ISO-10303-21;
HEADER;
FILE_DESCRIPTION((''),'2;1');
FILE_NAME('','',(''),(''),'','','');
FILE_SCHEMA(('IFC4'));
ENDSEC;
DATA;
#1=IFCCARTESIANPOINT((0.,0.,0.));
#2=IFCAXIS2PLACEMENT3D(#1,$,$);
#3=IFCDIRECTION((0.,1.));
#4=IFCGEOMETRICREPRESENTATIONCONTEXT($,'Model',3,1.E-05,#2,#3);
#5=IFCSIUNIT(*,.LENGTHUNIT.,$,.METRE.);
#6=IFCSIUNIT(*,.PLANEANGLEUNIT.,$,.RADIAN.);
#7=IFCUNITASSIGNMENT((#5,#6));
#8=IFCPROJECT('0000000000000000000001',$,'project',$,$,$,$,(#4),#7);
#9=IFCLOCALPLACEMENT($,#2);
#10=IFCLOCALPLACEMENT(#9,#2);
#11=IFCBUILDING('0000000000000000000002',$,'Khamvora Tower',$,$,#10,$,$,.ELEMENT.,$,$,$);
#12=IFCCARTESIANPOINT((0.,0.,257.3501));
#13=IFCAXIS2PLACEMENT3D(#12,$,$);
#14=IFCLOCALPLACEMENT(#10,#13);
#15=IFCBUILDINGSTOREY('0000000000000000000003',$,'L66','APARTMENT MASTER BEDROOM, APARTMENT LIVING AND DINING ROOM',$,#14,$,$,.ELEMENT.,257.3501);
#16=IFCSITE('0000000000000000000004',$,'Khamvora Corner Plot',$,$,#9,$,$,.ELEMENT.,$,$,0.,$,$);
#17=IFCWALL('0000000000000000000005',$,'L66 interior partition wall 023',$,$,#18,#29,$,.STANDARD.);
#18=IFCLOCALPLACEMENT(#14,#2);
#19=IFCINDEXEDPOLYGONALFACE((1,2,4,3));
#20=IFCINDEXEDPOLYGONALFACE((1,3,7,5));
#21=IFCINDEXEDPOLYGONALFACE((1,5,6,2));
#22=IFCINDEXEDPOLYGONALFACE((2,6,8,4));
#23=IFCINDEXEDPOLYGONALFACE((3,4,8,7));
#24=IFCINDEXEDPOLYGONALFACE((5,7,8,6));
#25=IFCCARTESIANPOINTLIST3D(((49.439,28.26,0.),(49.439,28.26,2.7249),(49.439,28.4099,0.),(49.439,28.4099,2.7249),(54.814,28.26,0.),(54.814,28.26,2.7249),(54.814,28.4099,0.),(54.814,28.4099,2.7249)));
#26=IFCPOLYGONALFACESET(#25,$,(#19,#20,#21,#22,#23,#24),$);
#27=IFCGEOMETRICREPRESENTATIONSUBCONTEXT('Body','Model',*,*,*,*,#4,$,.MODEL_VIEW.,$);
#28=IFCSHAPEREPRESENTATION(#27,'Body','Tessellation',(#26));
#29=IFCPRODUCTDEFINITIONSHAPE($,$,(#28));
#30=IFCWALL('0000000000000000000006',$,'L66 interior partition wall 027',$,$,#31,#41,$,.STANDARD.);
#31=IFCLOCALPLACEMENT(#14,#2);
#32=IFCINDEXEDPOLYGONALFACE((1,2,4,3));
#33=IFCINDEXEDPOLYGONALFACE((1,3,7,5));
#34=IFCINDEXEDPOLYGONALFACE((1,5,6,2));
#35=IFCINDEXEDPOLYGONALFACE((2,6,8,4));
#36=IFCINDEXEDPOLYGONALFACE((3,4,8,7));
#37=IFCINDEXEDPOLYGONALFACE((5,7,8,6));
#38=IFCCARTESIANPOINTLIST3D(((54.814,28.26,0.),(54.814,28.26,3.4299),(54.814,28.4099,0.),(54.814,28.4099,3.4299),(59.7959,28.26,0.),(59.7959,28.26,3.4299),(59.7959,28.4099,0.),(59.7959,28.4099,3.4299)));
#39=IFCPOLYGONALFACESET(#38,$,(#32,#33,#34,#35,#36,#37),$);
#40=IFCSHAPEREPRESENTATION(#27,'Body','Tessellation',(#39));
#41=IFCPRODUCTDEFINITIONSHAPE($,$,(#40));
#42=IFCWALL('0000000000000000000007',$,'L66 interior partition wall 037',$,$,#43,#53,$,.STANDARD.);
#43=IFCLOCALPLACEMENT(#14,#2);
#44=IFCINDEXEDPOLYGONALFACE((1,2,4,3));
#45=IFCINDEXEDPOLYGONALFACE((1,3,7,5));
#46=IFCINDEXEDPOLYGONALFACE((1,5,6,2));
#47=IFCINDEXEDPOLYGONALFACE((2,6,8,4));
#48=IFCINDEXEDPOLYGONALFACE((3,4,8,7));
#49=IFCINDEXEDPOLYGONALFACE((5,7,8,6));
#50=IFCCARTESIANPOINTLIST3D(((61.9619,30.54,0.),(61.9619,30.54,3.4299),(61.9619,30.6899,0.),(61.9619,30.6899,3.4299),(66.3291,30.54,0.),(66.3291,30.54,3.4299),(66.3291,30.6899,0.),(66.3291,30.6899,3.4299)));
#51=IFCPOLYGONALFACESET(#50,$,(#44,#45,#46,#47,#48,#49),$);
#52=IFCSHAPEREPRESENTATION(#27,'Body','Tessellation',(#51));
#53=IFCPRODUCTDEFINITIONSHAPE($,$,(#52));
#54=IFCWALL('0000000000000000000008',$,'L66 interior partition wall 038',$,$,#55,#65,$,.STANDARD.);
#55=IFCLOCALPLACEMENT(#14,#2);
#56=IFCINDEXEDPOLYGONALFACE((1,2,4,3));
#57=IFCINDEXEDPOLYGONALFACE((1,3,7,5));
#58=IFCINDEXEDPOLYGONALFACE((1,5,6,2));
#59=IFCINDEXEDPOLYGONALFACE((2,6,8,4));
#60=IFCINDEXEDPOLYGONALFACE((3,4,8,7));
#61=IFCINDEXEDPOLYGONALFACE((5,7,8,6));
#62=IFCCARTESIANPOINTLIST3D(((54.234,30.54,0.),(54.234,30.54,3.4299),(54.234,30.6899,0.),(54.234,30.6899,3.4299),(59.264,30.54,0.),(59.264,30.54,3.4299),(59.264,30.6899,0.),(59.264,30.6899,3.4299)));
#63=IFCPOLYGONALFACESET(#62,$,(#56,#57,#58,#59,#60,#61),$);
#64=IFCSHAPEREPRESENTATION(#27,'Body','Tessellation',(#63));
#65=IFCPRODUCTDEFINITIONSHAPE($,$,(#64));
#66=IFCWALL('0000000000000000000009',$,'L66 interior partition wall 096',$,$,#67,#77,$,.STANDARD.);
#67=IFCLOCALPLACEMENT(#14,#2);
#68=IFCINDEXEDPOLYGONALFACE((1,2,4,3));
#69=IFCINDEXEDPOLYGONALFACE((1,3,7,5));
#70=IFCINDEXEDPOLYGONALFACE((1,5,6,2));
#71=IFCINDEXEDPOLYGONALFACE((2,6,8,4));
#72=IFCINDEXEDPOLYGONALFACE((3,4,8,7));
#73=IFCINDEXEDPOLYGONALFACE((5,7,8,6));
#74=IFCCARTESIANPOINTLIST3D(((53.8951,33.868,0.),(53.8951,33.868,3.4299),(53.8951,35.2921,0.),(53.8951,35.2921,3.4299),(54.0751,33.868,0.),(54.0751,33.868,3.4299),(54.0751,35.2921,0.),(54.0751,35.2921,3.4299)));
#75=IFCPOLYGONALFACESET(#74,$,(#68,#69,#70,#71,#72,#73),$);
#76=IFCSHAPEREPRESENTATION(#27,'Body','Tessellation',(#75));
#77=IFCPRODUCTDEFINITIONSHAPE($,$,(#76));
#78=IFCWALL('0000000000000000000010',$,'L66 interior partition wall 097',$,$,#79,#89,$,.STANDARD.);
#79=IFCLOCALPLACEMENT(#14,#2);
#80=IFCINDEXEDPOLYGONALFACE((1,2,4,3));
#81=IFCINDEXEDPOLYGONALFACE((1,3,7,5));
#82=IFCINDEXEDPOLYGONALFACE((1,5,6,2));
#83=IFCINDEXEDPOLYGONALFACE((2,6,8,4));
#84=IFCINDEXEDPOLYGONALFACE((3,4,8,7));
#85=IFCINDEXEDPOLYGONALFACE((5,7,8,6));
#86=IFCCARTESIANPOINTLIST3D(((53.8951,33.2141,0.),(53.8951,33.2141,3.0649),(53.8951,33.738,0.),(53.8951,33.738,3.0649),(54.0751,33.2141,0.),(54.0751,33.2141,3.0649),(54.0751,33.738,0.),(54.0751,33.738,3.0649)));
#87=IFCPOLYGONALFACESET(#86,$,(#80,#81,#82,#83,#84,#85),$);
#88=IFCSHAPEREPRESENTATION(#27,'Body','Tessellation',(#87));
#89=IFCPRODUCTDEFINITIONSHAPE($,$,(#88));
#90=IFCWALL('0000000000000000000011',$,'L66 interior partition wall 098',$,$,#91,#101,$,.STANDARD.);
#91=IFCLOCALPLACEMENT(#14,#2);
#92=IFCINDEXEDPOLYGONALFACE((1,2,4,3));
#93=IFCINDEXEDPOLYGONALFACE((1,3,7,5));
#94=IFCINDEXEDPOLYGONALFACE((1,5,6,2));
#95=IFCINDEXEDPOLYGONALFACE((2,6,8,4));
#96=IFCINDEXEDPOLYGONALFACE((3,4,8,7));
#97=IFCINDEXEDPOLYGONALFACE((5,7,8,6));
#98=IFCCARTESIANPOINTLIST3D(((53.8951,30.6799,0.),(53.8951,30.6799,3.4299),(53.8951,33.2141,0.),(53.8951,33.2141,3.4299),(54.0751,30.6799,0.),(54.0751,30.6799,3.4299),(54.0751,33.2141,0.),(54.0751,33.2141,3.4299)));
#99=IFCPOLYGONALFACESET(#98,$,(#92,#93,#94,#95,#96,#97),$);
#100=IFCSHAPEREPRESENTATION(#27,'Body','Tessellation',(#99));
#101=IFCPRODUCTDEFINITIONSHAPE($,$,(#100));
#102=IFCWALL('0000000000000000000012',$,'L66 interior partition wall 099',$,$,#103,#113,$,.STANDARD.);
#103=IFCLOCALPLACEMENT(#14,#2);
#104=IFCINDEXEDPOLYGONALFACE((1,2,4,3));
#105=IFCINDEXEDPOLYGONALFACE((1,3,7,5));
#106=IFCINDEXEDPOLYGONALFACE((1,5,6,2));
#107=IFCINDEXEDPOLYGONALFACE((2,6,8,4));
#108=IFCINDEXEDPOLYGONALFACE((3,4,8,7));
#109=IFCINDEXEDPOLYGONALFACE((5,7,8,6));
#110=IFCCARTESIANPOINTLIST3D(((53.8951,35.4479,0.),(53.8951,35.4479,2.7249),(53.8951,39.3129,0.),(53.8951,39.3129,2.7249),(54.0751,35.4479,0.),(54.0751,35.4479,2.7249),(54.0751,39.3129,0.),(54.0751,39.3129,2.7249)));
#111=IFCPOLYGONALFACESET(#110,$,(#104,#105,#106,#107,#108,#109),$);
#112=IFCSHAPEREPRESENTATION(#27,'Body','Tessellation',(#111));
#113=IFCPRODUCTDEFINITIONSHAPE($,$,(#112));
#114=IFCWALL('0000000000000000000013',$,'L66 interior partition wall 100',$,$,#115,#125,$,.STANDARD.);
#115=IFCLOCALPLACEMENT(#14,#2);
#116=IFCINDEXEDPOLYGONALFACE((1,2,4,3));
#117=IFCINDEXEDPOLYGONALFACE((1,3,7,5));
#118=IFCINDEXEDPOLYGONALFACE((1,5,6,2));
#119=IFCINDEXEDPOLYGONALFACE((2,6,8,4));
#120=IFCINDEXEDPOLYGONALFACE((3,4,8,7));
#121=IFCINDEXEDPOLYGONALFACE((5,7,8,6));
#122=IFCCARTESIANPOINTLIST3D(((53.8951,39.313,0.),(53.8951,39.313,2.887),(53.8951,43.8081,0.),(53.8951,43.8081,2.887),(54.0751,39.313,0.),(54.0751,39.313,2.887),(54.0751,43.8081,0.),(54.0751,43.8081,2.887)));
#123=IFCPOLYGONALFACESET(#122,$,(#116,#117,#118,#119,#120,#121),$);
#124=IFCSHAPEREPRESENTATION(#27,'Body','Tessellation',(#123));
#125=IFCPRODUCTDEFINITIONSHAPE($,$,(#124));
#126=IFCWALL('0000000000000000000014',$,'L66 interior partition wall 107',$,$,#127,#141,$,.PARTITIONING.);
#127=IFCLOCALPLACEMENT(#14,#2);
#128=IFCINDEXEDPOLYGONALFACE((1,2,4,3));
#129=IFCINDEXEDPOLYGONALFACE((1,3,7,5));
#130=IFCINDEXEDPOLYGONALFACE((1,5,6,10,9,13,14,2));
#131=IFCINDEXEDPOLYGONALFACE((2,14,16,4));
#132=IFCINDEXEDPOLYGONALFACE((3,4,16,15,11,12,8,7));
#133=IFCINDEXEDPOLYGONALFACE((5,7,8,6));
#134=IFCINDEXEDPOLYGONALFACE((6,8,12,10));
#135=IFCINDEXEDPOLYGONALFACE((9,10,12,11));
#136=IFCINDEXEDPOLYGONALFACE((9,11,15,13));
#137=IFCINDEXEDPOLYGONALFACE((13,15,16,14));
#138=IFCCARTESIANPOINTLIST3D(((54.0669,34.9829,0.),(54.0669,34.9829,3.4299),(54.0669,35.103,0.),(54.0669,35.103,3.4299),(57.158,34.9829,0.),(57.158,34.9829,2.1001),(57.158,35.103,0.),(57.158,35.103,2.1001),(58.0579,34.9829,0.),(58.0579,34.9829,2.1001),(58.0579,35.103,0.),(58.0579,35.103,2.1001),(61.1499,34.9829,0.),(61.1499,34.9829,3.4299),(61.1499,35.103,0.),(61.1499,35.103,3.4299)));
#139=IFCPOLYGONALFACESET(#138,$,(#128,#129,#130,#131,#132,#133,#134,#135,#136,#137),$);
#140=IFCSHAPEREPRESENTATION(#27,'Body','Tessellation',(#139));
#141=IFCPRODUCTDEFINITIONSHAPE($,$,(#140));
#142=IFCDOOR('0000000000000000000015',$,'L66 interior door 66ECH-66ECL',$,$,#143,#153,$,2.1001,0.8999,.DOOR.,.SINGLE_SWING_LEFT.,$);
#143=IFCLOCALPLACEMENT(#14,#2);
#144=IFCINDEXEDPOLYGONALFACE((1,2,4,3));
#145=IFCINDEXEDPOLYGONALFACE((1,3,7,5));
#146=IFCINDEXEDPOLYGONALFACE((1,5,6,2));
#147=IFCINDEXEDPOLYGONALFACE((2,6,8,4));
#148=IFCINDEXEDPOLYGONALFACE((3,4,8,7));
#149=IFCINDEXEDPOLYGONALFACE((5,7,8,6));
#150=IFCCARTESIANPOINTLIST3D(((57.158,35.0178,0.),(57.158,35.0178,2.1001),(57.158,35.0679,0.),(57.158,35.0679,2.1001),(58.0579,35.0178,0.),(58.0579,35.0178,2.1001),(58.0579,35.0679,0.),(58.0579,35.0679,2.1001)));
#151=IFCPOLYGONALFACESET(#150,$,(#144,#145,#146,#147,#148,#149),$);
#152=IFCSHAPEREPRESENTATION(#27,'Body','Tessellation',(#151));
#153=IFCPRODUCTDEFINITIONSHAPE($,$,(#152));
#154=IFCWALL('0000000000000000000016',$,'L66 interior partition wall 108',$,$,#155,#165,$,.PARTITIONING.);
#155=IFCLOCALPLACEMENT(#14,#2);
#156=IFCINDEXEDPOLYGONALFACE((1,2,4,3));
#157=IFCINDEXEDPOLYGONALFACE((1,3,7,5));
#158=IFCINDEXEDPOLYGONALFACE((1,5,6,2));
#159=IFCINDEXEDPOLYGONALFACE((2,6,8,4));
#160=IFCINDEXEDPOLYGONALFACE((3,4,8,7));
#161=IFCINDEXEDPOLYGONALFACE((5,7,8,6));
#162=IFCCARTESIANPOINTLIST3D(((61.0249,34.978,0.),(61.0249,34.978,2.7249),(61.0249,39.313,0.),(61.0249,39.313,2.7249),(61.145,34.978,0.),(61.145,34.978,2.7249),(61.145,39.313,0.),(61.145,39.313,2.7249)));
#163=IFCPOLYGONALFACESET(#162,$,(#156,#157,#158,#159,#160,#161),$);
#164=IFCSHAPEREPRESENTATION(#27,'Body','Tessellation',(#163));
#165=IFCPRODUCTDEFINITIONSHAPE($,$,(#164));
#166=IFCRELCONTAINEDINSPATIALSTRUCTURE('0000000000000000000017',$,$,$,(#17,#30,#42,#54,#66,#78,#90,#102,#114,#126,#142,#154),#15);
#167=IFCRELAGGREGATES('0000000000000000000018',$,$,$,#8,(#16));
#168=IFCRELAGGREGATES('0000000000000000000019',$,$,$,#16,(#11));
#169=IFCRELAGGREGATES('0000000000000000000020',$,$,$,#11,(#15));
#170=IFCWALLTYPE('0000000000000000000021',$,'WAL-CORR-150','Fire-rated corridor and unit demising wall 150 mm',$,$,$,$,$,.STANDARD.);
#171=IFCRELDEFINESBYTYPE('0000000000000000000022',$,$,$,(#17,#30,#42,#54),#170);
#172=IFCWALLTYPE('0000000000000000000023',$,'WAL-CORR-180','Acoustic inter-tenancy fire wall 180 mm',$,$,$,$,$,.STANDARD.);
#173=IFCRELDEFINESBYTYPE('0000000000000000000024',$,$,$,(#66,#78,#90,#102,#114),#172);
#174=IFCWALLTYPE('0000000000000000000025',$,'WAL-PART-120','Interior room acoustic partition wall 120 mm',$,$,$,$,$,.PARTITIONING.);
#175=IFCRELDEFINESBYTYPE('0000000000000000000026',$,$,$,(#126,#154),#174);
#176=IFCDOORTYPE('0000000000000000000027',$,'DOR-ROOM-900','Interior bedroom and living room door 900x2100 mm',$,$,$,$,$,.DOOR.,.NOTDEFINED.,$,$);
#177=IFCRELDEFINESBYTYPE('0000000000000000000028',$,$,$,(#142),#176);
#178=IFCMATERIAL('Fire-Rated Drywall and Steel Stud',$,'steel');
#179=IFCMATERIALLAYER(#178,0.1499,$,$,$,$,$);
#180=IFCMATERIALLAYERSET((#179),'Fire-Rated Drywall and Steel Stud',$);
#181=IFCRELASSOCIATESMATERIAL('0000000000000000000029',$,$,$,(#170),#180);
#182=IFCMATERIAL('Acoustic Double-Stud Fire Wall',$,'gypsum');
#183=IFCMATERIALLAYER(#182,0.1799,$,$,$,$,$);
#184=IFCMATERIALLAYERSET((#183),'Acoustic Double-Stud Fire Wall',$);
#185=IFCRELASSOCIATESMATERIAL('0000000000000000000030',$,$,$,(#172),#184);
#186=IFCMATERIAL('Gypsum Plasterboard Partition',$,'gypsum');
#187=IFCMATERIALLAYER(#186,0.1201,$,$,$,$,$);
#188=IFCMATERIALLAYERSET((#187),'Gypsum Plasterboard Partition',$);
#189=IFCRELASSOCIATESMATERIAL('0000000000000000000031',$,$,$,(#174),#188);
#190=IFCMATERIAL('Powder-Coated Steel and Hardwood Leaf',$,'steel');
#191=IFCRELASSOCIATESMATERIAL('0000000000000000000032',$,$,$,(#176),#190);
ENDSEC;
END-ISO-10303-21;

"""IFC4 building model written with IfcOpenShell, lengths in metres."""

from ifc_helpers import new_model, si_unit, direction, frame, frame_2d, origin, place, context, subcontext, project, spatial, rectangle, extrude, material, layer, layer_set, type_object, element, fill, save


model = new_model("IFC4")

# Units and contexts
model_context = context("Model", 3, precision=1e-05, world=origin(), true_north=direction((0.0, 1.0)))
body_context = subcontext(model_context, "Body", "Model", "MODEL_VIEW")
ifc_project = project(units=[si_unit("LENGTHUNIT", "METRE"), si_unit("PLANEANGLEUNIT", "RADIAN")], contexts=[model_context])

# Site, building, storey
site_placement = place(None, origin())
site = spatial("IfcSite", under=ifc_project, at=site_placement, Name="Khamvora Corner Plot", CompositionType="ELEMENT", RefElevation=0.0)
building_placement = place(site_placement, origin())
building = spatial("IfcBuilding", under=site, at=building_placement, Name="Khamvora Tower", CompositionType="ELEMENT")
storey_placement = place(building_placement, frame((0.0, 0.0, 257.3501)))
storey = spatial("IfcBuildingStorey", under=building, at=storey_placement, Name="L66", Description="APARTMENT MASTER BEDROOM, APARTMENT LIVING AND DINING ROOM", CompositionType="ELEMENT", Elevation=257.3501)

# Walls
ifc_material_1 = material(Name="Fire-Rated Drywall and Steel Stud", Category="steel")
ifc_layer_1 = layer(ifc_material_1, 0.1499)
ifc_layer_set_1 = layer_set([ifc_layer_1], Name="Fire-Rated Drywall and Steel Stud")
wall_type_1 = type_object("IfcWallType", Name="WAL-CORR-150", Description="Fire-rated corridor and unit demising wall 150 mm", PredefinedType="STANDARD", material=ifc_layer_set_1)
wall_1_placement = place(storey_placement, frame((54.814, 28.335, 0.0), z_axis=(0.0, 0.0, 1.0), x_axis=(-1.0, 0.0, 0.0)))
element("IfcWall", 1, at=wall_1_placement, inside=storey, type_object=wall_type_1, Name="L66 interior partition wall 023", PredefinedType="STANDARD", context=body_context, shape_type="SweptSolid", body=[
    extrude(rectangle(XDim=5.375, YDim=0.1499, at=frame_2d((2.6875, 0.0))), origin(), (0.0, 0.0, 1.0), 2.7249),
])
wall_2_placement = place(storey_placement, frame((59.7959, 28.335, 0.0), z_axis=(0.0, 0.0, 1.0), x_axis=(-1.0, 0.0, 0.0)))
element("IfcWall", 2, at=wall_2_placement, inside=storey, type_object=wall_type_1, Name="L66 interior partition wall 027", PredefinedType="STANDARD", context=body_context, shape_type="SweptSolid", body=[
    extrude(rectangle(XDim=4.9819, YDim=0.1499, at=frame_2d((2.491, 0.0))), origin(), (0.0, 0.0, 1.0), 3.4299),
])

# Shared definitions
ifc_material_2 = material(Name="Powder-Coated Steel and Hardwood Leaf", Category="steel")

# Walls
wall_3_placement = place(storey_placement, frame((61.9619, 30.615, 0.0), z_axis=(0.0, 0.0, 1.0), x_axis=(1.0, 0.0, 0.0)))
element("IfcWall", 3, at=wall_3_placement, inside=storey, type_object=wall_type_1, Name="L66 interior partition wall 037", PredefinedType="STANDARD", context=body_context, shape_type="SweptSolid", body=[
    extrude(rectangle(XDim=4.3672, YDim=0.1499, at=frame_2d((2.1836, 0.0))), origin(), (0.0, 0.0, 1.0), 3.4299),
])
wall_4_placement = place(storey_placement, frame((54.2339, 30.615, 0.0), z_axis=(0.0, 0.0, 1.0), x_axis=(1.0, 0.0, 0.0)))
element("IfcWall", 4, at=wall_4_placement, inside=storey, type_object=wall_type_1, Name="L66 interior partition wall 038", PredefinedType="STANDARD", context=body_context, shape_type="SweptSolid", body=[
    extrude(rectangle(XDim=5.03, YDim=0.1499, at=frame_2d((2.5151, 0.0))), origin(), (0.0, 0.0, 1.0), 3.4299),
])
ifc_material_3 = material(Name="Acoustic Double-Stud Fire Wall", Category="gypsum")
ifc_layer_2 = layer(ifc_material_3, 0.1799)
ifc_layer_set_2 = layer_set([ifc_layer_2], Name="Acoustic Double-Stud Fire Wall")
wall_type_2 = type_object("IfcWallType", Name="WAL-CORR-180", Description="Acoustic inter-tenancy fire wall 180 mm", PredefinedType="STANDARD", material=ifc_layer_set_2)
wall_5_placement = place(storey_placement, frame((53.9851, 35.292, 0.0), z_axis=(0.0, 0.0, 1.0), x_axis=(0.0, -1.0, 0.0)))
element("IfcWall", 5, at=wall_5_placement, inside=storey, type_object=wall_type_2, Name="L66 interior partition wall 096", PredefinedType="STANDARD", context=body_context, shape_type="SweptSolid", body=[
    extrude(rectangle(XDim=1.4241, YDim=0.1799, at=frame_2d((0.7119, 0.0))), origin(), (0.0, 0.0, 1.0), 3.4299),
])
wall_6_placement = place(storey_placement, frame((53.9851, 33.738, 0.0), z_axis=(0.0, 0.0, 1.0), x_axis=(0.0, -1.0, 0.0)))
element("IfcWall", 6, at=wall_6_placement, inside=storey, type_object=wall_type_2, Name="L66 interior partition wall 097", PredefinedType="STANDARD", context=body_context, shape_type="SweptSolid", body=[
    extrude(rectangle(XDim=0.5239, YDim=0.1799, at=frame_2d((0.262, 0.0))), origin(), (0.0, 0.0, 1.0), 3.0649),
])
wall_7_placement = place(storey_placement, frame((53.9851, 33.2141, 0.0), z_axis=(0.0, 0.0, 1.0), x_axis=(0.0, -1.0, 0.0)))
element("IfcWall", 7, at=wall_7_placement, inside=storey, type_object=wall_type_2, Name="L66 interior partition wall 098", PredefinedType="STANDARD", context=body_context, shape_type="SweptSolid", body=[
    extrude(rectangle(XDim=2.5342, YDim=0.1799, at=frame_2d((1.2671, 0.0))), origin(), (0.0, 0.0, 1.0), 3.4299),
])
wall_8_placement = place(storey_placement, frame((53.9851, 39.313, 0.0), z_axis=(0.0, 0.0, 1.0), x_axis=(0.0, -1.0, 0.0)))
element("IfcWall", 8, at=wall_8_placement, inside=storey, type_object=wall_type_2, Name="L66 interior partition wall 099", PredefinedType="STANDARD", context=body_context, shape_type="SweptSolid", body=[
    extrude(rectangle(XDim=3.865, YDim=0.1799, at=frame_2d((1.9326, 0.0))), origin(), (0.0, 0.0, 1.0), 2.7249),
])
wall_9_placement = place(storey_placement, frame((53.9851, 43.8081, 0.0), z_axis=(0.0, 0.0, 1.0), x_axis=(0.0, -1.0, 0.0)))
element("IfcWall", 9, at=wall_9_placement, inside=storey, type_object=wall_type_2, Name="L66 interior partition wall 100", PredefinedType="STANDARD", context=body_context, shape_type="SweptSolid", body=[
    extrude(rectangle(XDim=4.4951, YDim=0.1799, at=frame_2d((2.2476, 0.0))), origin(), (0.0, 0.0, 1.0), 2.887),
])

# Wall, opening, door
ifc_material_4 = material(Name="Gypsum Plasterboard Partition", Category="gypsum")
ifc_layer_3 = layer(ifc_material_4, 0.1201)
ifc_layer_set_3 = layer_set([ifc_layer_3], Name="Gypsum Plasterboard Partition")
wall_type_3 = type_object("IfcWallType", Name="WAL-PART-120", Description="Interior room acoustic partition wall 120 mm", PredefinedType="PARTITIONING", material=ifc_layer_set_3)
wall_10_placement = place(storey_placement, frame((54.0669, 35.043, 0.0), z_axis=(0.0, 0.0, 1.0), x_axis=(1.0, 0.0, 0.0)))
wall_10 = element("IfcWall", 10, at=wall_10_placement, inside=storey, type_object=wall_type_3, Name="L66 interior partition wall 107", PredefinedType="PARTITIONING", context=body_context, shape_type="SweptSolid", body=[
    extrude(rectangle(XDim=7.083, YDim=0.1201, at=frame_2d((3.5415, 0.0))), origin(), (0.0, 0.0, 1.0), 3.4299),
])
opening_1_placement = place(wall_10_placement, frame((3.0911, 0.0, 0.0)))
opening_1 = element("IfcOpeningElement", 11, at=opening_1_placement, cuts=wall_10, PredefinedType="OPENING", context=body_context, shape_type="SweptSolid", body=[
    extrude(rectangle(XDim=0.8999, YDim=2.1001, at=frame_2d((0.45, 1.05))), frame((0.0, 0.0701, 0.0), z_axis=(0.0, -1.0, 0.0), x_axis=(1.0, 0.0, 0.0)), (0.0, 0.0, 1.0), 0.1401),
])
door_type_1 = type_object("IfcDoorType", Name="DOR-ROOM-900", Description="Interior bedroom and living room door 900x2100 mm", OperationType="NOTDEFINED", PredefinedType="DOOR", material=ifc_material_2)
door_1_placement = place(opening_1_placement, origin())
door_1 = element("IfcDoor", 12, at=door_1_placement, inside=storey, type_object=door_type_1, Name="L66 interior door 66ECH-66ECL", OperationType="SINGLE_SWING_LEFT", OverallHeight=2.1001, OverallWidth=0.8999, PredefinedType="DOOR", context=body_context, shape_type="SweptSolid", body=[
    extrude(rectangle(XDim=0.8999, YDim=2.1001, at=frame_2d((0.45, 1.05))), frame((0.0, 0.0249, 0.0), z_axis=(0.0, -1.0, 0.0), x_axis=(1.0, 0.0, 0.0)), (0.0, 0.0, 1.0), 0.05),
])
fill(opening_1, door_1)

# Wall
wall_11_placement = place(storey_placement, frame((61.085, 34.978, 0.0), z_axis=(0.0, 0.0, 1.0), x_axis=(0.0, 1.0, 0.0)))
element("IfcWall", 13, at=wall_11_placement, inside=storey, type_object=wall_type_3, Name="L66 interior partition wall 108", PredefinedType="PARTITIONING", context=body_context, shape_type="SweptSolid", body=[
    extrude(rectangle(XDim=4.335, YDim=0.1201, at=frame_2d((2.1675, 0.0))), origin(), (0.0, 0.0, 1.0), 2.7249),
])

save(model, "model.ifc")
